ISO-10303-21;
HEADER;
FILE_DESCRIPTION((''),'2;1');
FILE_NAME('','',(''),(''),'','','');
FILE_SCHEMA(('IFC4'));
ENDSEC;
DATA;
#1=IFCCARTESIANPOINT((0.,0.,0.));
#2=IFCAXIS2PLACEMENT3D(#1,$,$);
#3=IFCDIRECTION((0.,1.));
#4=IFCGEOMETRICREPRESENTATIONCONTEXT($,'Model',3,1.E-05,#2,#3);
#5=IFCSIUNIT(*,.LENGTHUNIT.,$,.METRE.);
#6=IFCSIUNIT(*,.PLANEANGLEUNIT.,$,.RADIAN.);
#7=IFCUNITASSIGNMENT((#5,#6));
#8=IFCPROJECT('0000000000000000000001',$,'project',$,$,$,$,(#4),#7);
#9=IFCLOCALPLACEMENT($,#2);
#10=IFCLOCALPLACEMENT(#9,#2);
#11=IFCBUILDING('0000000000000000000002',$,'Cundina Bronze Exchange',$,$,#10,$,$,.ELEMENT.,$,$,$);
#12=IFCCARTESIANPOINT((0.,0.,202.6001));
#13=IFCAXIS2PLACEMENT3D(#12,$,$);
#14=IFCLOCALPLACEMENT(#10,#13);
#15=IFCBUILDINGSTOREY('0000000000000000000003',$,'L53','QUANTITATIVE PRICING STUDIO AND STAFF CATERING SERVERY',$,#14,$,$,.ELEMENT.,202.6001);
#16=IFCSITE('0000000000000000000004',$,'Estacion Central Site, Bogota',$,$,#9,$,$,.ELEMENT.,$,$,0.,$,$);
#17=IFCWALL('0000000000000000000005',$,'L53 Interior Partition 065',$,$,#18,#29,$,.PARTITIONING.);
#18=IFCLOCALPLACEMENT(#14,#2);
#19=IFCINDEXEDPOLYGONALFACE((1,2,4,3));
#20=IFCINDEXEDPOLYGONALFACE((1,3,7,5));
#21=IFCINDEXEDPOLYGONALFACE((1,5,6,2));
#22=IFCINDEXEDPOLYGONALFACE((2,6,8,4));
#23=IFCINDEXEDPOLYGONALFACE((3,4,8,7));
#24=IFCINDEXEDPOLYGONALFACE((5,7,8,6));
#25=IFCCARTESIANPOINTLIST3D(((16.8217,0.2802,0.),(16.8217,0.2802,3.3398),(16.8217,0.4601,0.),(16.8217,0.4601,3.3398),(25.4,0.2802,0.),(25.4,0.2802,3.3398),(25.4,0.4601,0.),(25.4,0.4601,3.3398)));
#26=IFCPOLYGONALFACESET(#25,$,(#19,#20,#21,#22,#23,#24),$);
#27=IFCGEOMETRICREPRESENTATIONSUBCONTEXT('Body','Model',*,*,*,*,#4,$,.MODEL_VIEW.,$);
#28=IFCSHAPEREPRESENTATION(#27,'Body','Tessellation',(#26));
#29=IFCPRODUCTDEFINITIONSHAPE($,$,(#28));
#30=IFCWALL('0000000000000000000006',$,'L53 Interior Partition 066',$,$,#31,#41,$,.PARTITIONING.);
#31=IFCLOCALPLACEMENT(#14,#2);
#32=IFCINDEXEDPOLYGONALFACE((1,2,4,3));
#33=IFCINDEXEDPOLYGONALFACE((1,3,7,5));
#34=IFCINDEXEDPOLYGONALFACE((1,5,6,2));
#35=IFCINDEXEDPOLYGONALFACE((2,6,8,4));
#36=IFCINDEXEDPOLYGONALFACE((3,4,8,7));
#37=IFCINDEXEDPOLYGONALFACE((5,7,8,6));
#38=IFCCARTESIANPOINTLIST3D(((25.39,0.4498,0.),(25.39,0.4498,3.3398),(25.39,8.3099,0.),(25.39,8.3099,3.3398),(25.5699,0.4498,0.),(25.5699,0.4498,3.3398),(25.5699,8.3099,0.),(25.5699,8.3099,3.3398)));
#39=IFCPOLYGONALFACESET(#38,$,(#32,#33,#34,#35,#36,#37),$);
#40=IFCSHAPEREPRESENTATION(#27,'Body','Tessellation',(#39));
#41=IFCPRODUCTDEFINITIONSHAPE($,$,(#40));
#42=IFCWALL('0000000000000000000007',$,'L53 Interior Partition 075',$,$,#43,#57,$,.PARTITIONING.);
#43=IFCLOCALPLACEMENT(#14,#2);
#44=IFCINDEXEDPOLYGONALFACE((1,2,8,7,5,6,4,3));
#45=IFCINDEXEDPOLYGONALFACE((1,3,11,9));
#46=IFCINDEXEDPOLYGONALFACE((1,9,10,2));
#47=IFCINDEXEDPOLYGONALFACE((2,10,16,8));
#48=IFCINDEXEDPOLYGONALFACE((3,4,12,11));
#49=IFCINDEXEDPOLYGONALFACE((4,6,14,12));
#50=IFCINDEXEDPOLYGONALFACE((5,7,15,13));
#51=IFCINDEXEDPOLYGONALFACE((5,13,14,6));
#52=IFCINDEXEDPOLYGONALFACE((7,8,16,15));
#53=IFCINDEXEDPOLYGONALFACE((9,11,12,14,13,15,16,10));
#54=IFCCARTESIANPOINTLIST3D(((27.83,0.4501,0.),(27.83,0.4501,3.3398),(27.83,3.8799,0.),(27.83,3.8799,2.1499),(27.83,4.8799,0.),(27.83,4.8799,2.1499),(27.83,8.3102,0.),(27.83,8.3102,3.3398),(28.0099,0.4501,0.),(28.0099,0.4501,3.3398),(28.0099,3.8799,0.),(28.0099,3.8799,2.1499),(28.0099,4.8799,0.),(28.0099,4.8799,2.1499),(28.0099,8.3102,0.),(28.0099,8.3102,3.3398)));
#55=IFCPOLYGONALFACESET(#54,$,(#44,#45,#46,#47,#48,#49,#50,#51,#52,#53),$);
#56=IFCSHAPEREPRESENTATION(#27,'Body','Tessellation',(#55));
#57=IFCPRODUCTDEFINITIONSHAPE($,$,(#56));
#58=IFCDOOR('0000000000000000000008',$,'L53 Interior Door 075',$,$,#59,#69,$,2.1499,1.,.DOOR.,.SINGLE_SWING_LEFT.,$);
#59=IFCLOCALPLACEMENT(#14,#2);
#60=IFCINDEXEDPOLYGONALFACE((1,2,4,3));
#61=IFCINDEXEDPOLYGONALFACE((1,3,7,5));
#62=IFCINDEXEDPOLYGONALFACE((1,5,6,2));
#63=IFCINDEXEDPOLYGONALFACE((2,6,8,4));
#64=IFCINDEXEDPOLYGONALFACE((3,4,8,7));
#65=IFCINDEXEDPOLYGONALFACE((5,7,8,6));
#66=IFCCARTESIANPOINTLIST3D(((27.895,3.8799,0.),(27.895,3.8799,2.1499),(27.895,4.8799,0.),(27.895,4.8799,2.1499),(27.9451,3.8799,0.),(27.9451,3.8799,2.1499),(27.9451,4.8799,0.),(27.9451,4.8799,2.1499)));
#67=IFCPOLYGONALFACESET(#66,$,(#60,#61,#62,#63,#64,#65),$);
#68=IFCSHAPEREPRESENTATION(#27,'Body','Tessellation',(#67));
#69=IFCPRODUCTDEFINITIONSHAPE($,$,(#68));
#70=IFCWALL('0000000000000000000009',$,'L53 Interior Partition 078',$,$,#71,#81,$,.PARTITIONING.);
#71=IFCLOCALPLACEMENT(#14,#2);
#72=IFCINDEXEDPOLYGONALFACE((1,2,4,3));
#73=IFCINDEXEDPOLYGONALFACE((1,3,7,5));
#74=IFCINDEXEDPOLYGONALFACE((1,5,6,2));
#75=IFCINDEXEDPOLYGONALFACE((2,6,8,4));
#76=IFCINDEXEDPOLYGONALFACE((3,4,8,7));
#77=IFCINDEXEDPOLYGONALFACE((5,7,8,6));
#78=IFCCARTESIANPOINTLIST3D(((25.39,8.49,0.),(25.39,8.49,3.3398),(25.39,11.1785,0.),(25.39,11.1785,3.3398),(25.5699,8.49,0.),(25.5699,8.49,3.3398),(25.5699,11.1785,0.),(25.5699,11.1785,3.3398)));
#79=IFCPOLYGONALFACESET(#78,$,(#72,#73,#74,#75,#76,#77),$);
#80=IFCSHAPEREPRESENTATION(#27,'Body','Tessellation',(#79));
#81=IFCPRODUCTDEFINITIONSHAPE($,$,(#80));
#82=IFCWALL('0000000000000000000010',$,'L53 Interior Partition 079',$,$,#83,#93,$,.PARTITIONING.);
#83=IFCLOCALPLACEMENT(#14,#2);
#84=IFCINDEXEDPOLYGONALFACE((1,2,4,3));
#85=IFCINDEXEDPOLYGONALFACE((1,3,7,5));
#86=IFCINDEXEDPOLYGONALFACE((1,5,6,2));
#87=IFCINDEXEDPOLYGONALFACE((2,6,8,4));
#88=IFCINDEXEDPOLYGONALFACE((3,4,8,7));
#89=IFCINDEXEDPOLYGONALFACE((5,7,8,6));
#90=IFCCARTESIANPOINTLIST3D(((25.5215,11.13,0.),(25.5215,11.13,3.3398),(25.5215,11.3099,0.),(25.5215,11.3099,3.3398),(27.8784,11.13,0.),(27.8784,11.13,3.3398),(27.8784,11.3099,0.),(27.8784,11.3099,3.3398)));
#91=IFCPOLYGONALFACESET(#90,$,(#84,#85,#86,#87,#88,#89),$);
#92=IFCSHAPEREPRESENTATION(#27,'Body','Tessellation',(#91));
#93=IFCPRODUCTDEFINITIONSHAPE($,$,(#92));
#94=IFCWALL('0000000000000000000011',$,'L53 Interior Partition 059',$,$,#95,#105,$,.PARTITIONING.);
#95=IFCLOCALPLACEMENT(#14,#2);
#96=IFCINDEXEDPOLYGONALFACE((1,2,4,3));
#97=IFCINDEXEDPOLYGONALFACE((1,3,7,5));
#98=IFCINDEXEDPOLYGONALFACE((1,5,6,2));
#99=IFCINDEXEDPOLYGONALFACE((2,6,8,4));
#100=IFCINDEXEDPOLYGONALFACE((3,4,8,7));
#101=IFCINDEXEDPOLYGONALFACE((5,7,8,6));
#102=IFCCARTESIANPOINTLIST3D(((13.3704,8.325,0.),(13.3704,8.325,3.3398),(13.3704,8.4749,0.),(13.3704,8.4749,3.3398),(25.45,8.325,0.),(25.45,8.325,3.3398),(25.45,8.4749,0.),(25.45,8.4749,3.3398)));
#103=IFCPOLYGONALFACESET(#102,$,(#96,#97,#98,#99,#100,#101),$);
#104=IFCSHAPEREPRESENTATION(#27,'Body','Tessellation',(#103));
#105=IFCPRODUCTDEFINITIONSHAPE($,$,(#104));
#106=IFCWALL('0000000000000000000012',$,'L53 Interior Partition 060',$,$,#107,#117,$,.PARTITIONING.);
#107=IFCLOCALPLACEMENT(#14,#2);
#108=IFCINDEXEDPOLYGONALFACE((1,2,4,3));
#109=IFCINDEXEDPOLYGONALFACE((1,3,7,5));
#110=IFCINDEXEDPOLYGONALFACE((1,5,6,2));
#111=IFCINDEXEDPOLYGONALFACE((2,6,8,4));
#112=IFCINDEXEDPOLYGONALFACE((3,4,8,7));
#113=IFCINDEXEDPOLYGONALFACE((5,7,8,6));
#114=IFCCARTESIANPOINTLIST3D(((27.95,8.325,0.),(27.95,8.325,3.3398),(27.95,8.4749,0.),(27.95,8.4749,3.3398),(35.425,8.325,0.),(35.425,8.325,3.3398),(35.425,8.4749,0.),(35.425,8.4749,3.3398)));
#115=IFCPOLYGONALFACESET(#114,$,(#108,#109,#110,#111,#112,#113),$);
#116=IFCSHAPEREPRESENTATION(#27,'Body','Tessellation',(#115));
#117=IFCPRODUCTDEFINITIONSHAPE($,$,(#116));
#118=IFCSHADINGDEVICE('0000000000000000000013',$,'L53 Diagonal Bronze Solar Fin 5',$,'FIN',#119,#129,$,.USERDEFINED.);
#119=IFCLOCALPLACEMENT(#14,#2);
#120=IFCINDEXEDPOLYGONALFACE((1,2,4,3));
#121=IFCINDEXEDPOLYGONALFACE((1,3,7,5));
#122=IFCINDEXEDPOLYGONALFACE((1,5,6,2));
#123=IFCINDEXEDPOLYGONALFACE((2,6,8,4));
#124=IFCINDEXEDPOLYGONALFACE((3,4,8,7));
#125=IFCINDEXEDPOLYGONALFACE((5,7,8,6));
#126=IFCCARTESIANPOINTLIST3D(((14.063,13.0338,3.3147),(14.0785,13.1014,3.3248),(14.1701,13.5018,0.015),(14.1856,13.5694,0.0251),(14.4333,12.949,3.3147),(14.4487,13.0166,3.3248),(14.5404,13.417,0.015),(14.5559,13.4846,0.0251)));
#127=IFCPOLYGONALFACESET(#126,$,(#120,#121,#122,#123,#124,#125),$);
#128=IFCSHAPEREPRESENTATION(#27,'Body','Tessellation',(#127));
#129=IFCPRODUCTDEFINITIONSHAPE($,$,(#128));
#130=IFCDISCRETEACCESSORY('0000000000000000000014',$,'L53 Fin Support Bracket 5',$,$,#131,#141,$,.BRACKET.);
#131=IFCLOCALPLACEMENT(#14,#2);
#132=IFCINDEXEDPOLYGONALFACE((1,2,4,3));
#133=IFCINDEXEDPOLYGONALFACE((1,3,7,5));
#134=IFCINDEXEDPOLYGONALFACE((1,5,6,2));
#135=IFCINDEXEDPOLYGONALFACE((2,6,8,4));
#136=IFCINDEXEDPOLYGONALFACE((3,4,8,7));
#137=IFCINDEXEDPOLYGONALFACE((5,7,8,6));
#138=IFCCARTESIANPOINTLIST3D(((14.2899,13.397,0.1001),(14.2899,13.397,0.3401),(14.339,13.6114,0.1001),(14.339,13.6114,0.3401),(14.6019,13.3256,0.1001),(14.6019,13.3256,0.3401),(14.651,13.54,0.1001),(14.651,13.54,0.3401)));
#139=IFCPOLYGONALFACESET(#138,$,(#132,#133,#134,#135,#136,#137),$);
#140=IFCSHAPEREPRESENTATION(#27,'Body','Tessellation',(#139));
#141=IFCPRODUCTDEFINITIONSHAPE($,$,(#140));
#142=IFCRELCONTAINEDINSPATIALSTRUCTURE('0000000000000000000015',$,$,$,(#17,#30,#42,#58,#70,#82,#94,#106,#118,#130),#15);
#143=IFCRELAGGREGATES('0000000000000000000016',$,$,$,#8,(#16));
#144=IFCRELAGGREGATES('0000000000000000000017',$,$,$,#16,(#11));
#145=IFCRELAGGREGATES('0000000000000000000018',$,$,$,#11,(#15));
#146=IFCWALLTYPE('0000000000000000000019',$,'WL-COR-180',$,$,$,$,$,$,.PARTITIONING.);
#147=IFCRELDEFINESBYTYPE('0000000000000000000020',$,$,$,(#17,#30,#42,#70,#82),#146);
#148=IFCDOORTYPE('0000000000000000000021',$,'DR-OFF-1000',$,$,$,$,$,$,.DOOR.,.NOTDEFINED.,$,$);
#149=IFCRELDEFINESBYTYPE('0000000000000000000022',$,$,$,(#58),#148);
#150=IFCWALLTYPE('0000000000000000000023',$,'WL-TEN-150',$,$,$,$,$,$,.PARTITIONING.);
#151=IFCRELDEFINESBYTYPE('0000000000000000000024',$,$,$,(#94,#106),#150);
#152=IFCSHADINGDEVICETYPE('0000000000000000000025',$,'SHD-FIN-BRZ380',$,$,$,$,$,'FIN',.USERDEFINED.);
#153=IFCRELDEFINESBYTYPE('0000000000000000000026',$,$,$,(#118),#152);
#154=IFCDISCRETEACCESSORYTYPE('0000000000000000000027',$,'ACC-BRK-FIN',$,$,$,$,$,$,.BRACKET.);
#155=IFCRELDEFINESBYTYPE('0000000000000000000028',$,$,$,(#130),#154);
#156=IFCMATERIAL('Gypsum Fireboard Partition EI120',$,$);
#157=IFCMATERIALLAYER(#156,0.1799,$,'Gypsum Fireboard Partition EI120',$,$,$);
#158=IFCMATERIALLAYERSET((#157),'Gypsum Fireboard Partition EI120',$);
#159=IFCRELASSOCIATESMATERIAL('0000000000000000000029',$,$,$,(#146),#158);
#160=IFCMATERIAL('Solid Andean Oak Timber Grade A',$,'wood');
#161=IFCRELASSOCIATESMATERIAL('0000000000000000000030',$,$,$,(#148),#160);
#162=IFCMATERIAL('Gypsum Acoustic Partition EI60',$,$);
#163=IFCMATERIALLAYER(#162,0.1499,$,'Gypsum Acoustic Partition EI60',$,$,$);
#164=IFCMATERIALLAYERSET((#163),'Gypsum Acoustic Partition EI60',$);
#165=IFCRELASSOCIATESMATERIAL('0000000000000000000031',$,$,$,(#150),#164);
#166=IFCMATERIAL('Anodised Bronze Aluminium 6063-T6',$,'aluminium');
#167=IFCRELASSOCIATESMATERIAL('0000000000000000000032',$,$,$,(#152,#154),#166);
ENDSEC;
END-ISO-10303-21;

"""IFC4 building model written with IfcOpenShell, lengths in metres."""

from ifc_helpers import new_model, si_unit, direction, frame, frame_2d, origin, origin_2d, place, context, subcontext, project, spatial, rectangle, extrude, material, layer, layer_set, material_profile, profile_set, type_object, element, fill, save


model = new_model("IFC4")

# Units and contexts
model_context = context("Model", 3, precision=1e-05, world=origin(), true_north=direction((0.0, 1.0)))
body_context = subcontext(model_context, "Body", "Model", "MODEL_VIEW")
ifc_project = project(units=[si_unit("LENGTHUNIT", "METRE"), si_unit("PLANEANGLEUNIT", "RADIAN")], contexts=[model_context])

# Site, building, storey
site_placement = place(None, origin())
site = spatial("IfcSite", under=ifc_project, at=site_placement, Name="Estacion Central Site, Bogota", CompositionType="ELEMENT", RefElevation=0.0)
building_placement = place(site_placement, origin())
building = spatial("IfcBuilding", under=site, at=building_placement, Name="Cundina Bronze Exchange", CompositionType="ELEMENT")
storey_placement = place(building_placement, frame((0.0, 0.0, 202.6001)))
storey = spatial("IfcBuildingStorey", under=building, at=storey_placement, Name="L53", Description="QUANTITATIVE PRICING STUDIO AND STAFF CATERING SERVERY", CompositionType="ELEMENT", Elevation=202.6001)

# Shared definitions
ifc_material_1 = material(Name="Anodised Bronze Aluminium 6063-T6", Category="aluminium")

# Walls
ifc_material_2 = material(Name="Gypsum Fireboard Partition EI120")
ifc_layer_1 = layer(ifc_material_2, 0.1799, Name="Gypsum Fireboard Partition EI120")
ifc_layer_set_1 = layer_set([ifc_layer_1], Name="Gypsum Fireboard Partition EI120")
wall_type_1 = type_object("IfcWallType", Name="WL-COR-180", PredefinedType="PARTITIONING", material=ifc_layer_set_1)
wall_1_placement = place(storey_placement, frame((25.3999, 0.3701, 0.0), z_axis=(0.0, 0.0, 1.0), x_axis=(-1.0, 0.0, 0.0)))
element("IfcWall", 1, at=wall_1_placement, inside=storey, type_object=wall_type_1, Name="L53 Interior Partition 065", PredefinedType="PARTITIONING", context=body_context, shape_type="SweptSolid", body=[
    extrude(rectangle(XDim=8.5784, YDim=0.1799, at=frame_2d((4.2891, 0.0))), origin(), (0.0, 0.0, 1.0), 3.3398),
])
wall_2_placement = place(storey_placement, frame((25.48, 8.3101, 0.0), z_axis=(0.0, 0.0, 1.0), x_axis=(0.0, -1.0, 0.0)))
element("IfcWall", 2, at=wall_2_placement, inside=storey, type_object=wall_type_1, Name="L53 Interior Partition 066", PredefinedType="PARTITIONING", context=body_context, shape_type="SweptSolid", body=[
    extrude(rectangle(XDim=7.8601, YDim=0.1799, at=frame_2d((3.9302, 0.0))), origin(), (0.0, 0.0, 1.0), 3.3398),
])

# Wall, opening, door
wall_3_placement = place(storey_placement, frame((27.9199, 0.45, 0.0), z_axis=(0.0, 0.0, 1.0), x_axis=(0.0, 1.0, 0.0)))
wall_3 = element("IfcWall", 3, at=wall_3_placement, inside=storey, type_object=wall_type_1, Name="L53 Interior Partition 075", PredefinedType="PARTITIONING", context=body_context, shape_type="SweptSolid", body=[
    extrude(rectangle(XDim=7.8601, YDim=0.1799, at=frame_2d((3.9302, 0.0))), origin(), (0.0, 0.0, 1.0), 3.3398),
])
opening_1_placement = place(wall_3_placement, frame((3.4299, 0.0, 0.0)))
opening_1 = element("IfcOpeningElement", 4, at=opening_1_placement, cuts=wall_3, PredefinedType="OPENING", context=body_context, shape_type="SweptSolid", body=[
    extrude(rectangle(XDim=1.0, YDim=2.1499, at=frame_2d((0.5, 1.075))), frame((0.0, 0.0999, 0.0), z_axis=(0.0, -1.0, 0.0), x_axis=(1.0, 0.0, 0.0)), (0.0, 0.0, 1.0), 0.2),
])
ifc_material_3 = material(Name="Solid Andean Oak Timber Grade A", Category="wood")
door_type = type_object("IfcDoorType", Name="DR-OFF-1000", OperationType="NOTDEFINED", PredefinedType="DOOR", material=ifc_material_3)
door_1_placement = place(opening_1_placement, origin())
door_1 = element("IfcDoor", 5, at=door_1_placement, inside=storey, type_object=door_type, Name="L53 Interior Door 075", OperationType="SINGLE_SWING_LEFT", OverallHeight=2.1499, OverallWidth=1.0, PredefinedType="DOOR", context=body_context, shape_type="SweptSolid", body=[
    extrude(rectangle(XDim=1.0, YDim=2.1499, at=frame_2d((0.5, 1.075))), frame((0.0, 0.0249, 0.0), z_axis=(0.0, -1.0, 0.0), x_axis=(1.0, 0.0, 0.0)), (0.0, 0.0, 1.0), 0.05),
])
fill(opening_1, door_1)

# Walls
wall_4_placement = place(storey_placement, frame((25.48, 11.1785, 0.0), z_axis=(0.0, 0.0, 1.0), x_axis=(0.0, -1.0, 0.0)))
element("IfcWall", 6, at=wall_4_placement, inside=storey, type_object=wall_type_1, Name="L53 Interior Partition 078", PredefinedType="PARTITIONING", context=body_context, shape_type="SweptSolid", body=[
    extrude(rectangle(XDim=2.6885, YDim=0.1799, at=frame_2d((1.3442, 0.0))), origin(), (0.0, 0.0, 1.0), 3.3398),
])
wall_5_placement = place(storey_placement, frame((27.8784, 11.22, 0.0), z_axis=(0.0, 0.0, 1.0), x_axis=(-1.0, 0.0, 0.0)))
element("IfcWall", 7, at=wall_5_placement, inside=storey, type_object=wall_type_1, Name="L53 Interior Partition 079", PredefinedType="PARTITIONING", context=body_context, shape_type="SweptSolid", body=[
    extrude(rectangle(XDim=2.3569, YDim=0.1799, at=frame_2d((1.1785, 0.0))), origin(), (0.0, 0.0, 1.0), 3.3398),
])
ifc_material_4 = material(Name="Gypsum Acoustic Partition EI60")
ifc_layer_2 = layer(ifc_material_4, 0.1499, Name="Gypsum Acoustic Partition EI60")
ifc_layer_set_2 = layer_set([ifc_layer_2], Name="Gypsum Acoustic Partition EI60")
wall_type_2 = type_object("IfcWallType", Name="WL-TEN-150", PredefinedType="PARTITIONING", material=ifc_layer_set_2)
wall_6_placement = place(storey_placement, frame((13.3704, 8.3999, 0.0), z_axis=(0.0, 0.0, 1.0), x_axis=(1.0, 0.0, 0.0)))
element("IfcWall", 8, at=wall_6_placement, inside=storey, type_object=wall_type_2, Name="L53 Interior Partition 059", PredefinedType="PARTITIONING", context=body_context, shape_type="SweptSolid", body=[
    extrude(rectangle(XDim=12.0796, YDim=0.1499, at=frame_2d((6.0398, 0.0))), origin(), (0.0, 0.0, 1.0), 3.3398),
])
wall_7_placement = place(storey_placement, frame((27.95, 8.3999, 0.0), z_axis=(0.0, 0.0, 1.0), x_axis=(1.0, 0.0, 0.0)))
element("IfcWall", 9, at=wall_7_placement, inside=storey, type_object=wall_type_2, Name="L53 Interior Partition 060", PredefinedType="PARTITIONING", context=body_context, shape_type="SweptSolid", body=[
    extrude(rectangle(XDim=7.4751, YDim=0.1499, at=frame_2d((3.7375, 0.0))), origin(), (0.0, 0.0, 1.0), 3.3398),
])

# Shading device
ifc_material_profile_1 = material_profile(ifc_material_1, rectangle(XDim=0.0701, YDim=0.3799, at=origin_2d()), Name="FIN70X380", Category="aluminium")
ifc_profile_set_1 = profile_set([ifc_material_profile_1], Name="Anodised Bronze Aluminium 6063-T6")
shading_device_type = type_object("IfcShadingDeviceType", Name="SHD-FIN-BRZ380", ElementType="FIN", PredefinedType="USERDEFINED", material=ifc_profile_set_1)
shading_device_placement = place(storey_placement, frame((14.363, 13.4932, 0.02), z_axis=(-0.032142, -0.140354, 0.98958), x_axis=(0.220899, 0.964609, 0.143987)))
element("IfcShadingDevice", 10, at=shading_device_placement, inside=storey, type_object=shading_device_type, Name="L53 Diagonal Bronze Solar Fin 5", ObjectType="FIN", PredefinedType="USERDEFINED", context=body_context, shape_type="SweptSolid", body=[
    extrude(rectangle(XDim=0.0701, YDim=0.3799, at=origin_2d()), origin(), (0.0, 0.0, 1.0), 3.3345),
])

# Discrete accessory
discrete_accessory_type = type_object("IfcDiscreteAccessoryType", Name="ACC-BRK-FIN", PredefinedType="BRACKET", material=ifc_material_1)
discrete_accessory_placement = place(storey_placement, frame((14.4705, 13.4685, 0.1001), z_axis=(0.0, 0.0, 1.0), x_axis=(-0.223284, -0.974753, 0.0)))
element("IfcDiscreteAccessory", 11, at=discrete_accessory_placement, inside=storey, type_object=discrete_accessory_type, Name="L53 Fin Support Bracket 5", PredefinedType="BRACKET", context=body_context, shape_type="SweptSolid", body=[
    extrude(rectangle(XDim=0.22, YDim=0.3201, at=origin_2d()), origin(), (0.0, 0.0, 1.0), 0.24),
])

save(model, "model.ifc")
